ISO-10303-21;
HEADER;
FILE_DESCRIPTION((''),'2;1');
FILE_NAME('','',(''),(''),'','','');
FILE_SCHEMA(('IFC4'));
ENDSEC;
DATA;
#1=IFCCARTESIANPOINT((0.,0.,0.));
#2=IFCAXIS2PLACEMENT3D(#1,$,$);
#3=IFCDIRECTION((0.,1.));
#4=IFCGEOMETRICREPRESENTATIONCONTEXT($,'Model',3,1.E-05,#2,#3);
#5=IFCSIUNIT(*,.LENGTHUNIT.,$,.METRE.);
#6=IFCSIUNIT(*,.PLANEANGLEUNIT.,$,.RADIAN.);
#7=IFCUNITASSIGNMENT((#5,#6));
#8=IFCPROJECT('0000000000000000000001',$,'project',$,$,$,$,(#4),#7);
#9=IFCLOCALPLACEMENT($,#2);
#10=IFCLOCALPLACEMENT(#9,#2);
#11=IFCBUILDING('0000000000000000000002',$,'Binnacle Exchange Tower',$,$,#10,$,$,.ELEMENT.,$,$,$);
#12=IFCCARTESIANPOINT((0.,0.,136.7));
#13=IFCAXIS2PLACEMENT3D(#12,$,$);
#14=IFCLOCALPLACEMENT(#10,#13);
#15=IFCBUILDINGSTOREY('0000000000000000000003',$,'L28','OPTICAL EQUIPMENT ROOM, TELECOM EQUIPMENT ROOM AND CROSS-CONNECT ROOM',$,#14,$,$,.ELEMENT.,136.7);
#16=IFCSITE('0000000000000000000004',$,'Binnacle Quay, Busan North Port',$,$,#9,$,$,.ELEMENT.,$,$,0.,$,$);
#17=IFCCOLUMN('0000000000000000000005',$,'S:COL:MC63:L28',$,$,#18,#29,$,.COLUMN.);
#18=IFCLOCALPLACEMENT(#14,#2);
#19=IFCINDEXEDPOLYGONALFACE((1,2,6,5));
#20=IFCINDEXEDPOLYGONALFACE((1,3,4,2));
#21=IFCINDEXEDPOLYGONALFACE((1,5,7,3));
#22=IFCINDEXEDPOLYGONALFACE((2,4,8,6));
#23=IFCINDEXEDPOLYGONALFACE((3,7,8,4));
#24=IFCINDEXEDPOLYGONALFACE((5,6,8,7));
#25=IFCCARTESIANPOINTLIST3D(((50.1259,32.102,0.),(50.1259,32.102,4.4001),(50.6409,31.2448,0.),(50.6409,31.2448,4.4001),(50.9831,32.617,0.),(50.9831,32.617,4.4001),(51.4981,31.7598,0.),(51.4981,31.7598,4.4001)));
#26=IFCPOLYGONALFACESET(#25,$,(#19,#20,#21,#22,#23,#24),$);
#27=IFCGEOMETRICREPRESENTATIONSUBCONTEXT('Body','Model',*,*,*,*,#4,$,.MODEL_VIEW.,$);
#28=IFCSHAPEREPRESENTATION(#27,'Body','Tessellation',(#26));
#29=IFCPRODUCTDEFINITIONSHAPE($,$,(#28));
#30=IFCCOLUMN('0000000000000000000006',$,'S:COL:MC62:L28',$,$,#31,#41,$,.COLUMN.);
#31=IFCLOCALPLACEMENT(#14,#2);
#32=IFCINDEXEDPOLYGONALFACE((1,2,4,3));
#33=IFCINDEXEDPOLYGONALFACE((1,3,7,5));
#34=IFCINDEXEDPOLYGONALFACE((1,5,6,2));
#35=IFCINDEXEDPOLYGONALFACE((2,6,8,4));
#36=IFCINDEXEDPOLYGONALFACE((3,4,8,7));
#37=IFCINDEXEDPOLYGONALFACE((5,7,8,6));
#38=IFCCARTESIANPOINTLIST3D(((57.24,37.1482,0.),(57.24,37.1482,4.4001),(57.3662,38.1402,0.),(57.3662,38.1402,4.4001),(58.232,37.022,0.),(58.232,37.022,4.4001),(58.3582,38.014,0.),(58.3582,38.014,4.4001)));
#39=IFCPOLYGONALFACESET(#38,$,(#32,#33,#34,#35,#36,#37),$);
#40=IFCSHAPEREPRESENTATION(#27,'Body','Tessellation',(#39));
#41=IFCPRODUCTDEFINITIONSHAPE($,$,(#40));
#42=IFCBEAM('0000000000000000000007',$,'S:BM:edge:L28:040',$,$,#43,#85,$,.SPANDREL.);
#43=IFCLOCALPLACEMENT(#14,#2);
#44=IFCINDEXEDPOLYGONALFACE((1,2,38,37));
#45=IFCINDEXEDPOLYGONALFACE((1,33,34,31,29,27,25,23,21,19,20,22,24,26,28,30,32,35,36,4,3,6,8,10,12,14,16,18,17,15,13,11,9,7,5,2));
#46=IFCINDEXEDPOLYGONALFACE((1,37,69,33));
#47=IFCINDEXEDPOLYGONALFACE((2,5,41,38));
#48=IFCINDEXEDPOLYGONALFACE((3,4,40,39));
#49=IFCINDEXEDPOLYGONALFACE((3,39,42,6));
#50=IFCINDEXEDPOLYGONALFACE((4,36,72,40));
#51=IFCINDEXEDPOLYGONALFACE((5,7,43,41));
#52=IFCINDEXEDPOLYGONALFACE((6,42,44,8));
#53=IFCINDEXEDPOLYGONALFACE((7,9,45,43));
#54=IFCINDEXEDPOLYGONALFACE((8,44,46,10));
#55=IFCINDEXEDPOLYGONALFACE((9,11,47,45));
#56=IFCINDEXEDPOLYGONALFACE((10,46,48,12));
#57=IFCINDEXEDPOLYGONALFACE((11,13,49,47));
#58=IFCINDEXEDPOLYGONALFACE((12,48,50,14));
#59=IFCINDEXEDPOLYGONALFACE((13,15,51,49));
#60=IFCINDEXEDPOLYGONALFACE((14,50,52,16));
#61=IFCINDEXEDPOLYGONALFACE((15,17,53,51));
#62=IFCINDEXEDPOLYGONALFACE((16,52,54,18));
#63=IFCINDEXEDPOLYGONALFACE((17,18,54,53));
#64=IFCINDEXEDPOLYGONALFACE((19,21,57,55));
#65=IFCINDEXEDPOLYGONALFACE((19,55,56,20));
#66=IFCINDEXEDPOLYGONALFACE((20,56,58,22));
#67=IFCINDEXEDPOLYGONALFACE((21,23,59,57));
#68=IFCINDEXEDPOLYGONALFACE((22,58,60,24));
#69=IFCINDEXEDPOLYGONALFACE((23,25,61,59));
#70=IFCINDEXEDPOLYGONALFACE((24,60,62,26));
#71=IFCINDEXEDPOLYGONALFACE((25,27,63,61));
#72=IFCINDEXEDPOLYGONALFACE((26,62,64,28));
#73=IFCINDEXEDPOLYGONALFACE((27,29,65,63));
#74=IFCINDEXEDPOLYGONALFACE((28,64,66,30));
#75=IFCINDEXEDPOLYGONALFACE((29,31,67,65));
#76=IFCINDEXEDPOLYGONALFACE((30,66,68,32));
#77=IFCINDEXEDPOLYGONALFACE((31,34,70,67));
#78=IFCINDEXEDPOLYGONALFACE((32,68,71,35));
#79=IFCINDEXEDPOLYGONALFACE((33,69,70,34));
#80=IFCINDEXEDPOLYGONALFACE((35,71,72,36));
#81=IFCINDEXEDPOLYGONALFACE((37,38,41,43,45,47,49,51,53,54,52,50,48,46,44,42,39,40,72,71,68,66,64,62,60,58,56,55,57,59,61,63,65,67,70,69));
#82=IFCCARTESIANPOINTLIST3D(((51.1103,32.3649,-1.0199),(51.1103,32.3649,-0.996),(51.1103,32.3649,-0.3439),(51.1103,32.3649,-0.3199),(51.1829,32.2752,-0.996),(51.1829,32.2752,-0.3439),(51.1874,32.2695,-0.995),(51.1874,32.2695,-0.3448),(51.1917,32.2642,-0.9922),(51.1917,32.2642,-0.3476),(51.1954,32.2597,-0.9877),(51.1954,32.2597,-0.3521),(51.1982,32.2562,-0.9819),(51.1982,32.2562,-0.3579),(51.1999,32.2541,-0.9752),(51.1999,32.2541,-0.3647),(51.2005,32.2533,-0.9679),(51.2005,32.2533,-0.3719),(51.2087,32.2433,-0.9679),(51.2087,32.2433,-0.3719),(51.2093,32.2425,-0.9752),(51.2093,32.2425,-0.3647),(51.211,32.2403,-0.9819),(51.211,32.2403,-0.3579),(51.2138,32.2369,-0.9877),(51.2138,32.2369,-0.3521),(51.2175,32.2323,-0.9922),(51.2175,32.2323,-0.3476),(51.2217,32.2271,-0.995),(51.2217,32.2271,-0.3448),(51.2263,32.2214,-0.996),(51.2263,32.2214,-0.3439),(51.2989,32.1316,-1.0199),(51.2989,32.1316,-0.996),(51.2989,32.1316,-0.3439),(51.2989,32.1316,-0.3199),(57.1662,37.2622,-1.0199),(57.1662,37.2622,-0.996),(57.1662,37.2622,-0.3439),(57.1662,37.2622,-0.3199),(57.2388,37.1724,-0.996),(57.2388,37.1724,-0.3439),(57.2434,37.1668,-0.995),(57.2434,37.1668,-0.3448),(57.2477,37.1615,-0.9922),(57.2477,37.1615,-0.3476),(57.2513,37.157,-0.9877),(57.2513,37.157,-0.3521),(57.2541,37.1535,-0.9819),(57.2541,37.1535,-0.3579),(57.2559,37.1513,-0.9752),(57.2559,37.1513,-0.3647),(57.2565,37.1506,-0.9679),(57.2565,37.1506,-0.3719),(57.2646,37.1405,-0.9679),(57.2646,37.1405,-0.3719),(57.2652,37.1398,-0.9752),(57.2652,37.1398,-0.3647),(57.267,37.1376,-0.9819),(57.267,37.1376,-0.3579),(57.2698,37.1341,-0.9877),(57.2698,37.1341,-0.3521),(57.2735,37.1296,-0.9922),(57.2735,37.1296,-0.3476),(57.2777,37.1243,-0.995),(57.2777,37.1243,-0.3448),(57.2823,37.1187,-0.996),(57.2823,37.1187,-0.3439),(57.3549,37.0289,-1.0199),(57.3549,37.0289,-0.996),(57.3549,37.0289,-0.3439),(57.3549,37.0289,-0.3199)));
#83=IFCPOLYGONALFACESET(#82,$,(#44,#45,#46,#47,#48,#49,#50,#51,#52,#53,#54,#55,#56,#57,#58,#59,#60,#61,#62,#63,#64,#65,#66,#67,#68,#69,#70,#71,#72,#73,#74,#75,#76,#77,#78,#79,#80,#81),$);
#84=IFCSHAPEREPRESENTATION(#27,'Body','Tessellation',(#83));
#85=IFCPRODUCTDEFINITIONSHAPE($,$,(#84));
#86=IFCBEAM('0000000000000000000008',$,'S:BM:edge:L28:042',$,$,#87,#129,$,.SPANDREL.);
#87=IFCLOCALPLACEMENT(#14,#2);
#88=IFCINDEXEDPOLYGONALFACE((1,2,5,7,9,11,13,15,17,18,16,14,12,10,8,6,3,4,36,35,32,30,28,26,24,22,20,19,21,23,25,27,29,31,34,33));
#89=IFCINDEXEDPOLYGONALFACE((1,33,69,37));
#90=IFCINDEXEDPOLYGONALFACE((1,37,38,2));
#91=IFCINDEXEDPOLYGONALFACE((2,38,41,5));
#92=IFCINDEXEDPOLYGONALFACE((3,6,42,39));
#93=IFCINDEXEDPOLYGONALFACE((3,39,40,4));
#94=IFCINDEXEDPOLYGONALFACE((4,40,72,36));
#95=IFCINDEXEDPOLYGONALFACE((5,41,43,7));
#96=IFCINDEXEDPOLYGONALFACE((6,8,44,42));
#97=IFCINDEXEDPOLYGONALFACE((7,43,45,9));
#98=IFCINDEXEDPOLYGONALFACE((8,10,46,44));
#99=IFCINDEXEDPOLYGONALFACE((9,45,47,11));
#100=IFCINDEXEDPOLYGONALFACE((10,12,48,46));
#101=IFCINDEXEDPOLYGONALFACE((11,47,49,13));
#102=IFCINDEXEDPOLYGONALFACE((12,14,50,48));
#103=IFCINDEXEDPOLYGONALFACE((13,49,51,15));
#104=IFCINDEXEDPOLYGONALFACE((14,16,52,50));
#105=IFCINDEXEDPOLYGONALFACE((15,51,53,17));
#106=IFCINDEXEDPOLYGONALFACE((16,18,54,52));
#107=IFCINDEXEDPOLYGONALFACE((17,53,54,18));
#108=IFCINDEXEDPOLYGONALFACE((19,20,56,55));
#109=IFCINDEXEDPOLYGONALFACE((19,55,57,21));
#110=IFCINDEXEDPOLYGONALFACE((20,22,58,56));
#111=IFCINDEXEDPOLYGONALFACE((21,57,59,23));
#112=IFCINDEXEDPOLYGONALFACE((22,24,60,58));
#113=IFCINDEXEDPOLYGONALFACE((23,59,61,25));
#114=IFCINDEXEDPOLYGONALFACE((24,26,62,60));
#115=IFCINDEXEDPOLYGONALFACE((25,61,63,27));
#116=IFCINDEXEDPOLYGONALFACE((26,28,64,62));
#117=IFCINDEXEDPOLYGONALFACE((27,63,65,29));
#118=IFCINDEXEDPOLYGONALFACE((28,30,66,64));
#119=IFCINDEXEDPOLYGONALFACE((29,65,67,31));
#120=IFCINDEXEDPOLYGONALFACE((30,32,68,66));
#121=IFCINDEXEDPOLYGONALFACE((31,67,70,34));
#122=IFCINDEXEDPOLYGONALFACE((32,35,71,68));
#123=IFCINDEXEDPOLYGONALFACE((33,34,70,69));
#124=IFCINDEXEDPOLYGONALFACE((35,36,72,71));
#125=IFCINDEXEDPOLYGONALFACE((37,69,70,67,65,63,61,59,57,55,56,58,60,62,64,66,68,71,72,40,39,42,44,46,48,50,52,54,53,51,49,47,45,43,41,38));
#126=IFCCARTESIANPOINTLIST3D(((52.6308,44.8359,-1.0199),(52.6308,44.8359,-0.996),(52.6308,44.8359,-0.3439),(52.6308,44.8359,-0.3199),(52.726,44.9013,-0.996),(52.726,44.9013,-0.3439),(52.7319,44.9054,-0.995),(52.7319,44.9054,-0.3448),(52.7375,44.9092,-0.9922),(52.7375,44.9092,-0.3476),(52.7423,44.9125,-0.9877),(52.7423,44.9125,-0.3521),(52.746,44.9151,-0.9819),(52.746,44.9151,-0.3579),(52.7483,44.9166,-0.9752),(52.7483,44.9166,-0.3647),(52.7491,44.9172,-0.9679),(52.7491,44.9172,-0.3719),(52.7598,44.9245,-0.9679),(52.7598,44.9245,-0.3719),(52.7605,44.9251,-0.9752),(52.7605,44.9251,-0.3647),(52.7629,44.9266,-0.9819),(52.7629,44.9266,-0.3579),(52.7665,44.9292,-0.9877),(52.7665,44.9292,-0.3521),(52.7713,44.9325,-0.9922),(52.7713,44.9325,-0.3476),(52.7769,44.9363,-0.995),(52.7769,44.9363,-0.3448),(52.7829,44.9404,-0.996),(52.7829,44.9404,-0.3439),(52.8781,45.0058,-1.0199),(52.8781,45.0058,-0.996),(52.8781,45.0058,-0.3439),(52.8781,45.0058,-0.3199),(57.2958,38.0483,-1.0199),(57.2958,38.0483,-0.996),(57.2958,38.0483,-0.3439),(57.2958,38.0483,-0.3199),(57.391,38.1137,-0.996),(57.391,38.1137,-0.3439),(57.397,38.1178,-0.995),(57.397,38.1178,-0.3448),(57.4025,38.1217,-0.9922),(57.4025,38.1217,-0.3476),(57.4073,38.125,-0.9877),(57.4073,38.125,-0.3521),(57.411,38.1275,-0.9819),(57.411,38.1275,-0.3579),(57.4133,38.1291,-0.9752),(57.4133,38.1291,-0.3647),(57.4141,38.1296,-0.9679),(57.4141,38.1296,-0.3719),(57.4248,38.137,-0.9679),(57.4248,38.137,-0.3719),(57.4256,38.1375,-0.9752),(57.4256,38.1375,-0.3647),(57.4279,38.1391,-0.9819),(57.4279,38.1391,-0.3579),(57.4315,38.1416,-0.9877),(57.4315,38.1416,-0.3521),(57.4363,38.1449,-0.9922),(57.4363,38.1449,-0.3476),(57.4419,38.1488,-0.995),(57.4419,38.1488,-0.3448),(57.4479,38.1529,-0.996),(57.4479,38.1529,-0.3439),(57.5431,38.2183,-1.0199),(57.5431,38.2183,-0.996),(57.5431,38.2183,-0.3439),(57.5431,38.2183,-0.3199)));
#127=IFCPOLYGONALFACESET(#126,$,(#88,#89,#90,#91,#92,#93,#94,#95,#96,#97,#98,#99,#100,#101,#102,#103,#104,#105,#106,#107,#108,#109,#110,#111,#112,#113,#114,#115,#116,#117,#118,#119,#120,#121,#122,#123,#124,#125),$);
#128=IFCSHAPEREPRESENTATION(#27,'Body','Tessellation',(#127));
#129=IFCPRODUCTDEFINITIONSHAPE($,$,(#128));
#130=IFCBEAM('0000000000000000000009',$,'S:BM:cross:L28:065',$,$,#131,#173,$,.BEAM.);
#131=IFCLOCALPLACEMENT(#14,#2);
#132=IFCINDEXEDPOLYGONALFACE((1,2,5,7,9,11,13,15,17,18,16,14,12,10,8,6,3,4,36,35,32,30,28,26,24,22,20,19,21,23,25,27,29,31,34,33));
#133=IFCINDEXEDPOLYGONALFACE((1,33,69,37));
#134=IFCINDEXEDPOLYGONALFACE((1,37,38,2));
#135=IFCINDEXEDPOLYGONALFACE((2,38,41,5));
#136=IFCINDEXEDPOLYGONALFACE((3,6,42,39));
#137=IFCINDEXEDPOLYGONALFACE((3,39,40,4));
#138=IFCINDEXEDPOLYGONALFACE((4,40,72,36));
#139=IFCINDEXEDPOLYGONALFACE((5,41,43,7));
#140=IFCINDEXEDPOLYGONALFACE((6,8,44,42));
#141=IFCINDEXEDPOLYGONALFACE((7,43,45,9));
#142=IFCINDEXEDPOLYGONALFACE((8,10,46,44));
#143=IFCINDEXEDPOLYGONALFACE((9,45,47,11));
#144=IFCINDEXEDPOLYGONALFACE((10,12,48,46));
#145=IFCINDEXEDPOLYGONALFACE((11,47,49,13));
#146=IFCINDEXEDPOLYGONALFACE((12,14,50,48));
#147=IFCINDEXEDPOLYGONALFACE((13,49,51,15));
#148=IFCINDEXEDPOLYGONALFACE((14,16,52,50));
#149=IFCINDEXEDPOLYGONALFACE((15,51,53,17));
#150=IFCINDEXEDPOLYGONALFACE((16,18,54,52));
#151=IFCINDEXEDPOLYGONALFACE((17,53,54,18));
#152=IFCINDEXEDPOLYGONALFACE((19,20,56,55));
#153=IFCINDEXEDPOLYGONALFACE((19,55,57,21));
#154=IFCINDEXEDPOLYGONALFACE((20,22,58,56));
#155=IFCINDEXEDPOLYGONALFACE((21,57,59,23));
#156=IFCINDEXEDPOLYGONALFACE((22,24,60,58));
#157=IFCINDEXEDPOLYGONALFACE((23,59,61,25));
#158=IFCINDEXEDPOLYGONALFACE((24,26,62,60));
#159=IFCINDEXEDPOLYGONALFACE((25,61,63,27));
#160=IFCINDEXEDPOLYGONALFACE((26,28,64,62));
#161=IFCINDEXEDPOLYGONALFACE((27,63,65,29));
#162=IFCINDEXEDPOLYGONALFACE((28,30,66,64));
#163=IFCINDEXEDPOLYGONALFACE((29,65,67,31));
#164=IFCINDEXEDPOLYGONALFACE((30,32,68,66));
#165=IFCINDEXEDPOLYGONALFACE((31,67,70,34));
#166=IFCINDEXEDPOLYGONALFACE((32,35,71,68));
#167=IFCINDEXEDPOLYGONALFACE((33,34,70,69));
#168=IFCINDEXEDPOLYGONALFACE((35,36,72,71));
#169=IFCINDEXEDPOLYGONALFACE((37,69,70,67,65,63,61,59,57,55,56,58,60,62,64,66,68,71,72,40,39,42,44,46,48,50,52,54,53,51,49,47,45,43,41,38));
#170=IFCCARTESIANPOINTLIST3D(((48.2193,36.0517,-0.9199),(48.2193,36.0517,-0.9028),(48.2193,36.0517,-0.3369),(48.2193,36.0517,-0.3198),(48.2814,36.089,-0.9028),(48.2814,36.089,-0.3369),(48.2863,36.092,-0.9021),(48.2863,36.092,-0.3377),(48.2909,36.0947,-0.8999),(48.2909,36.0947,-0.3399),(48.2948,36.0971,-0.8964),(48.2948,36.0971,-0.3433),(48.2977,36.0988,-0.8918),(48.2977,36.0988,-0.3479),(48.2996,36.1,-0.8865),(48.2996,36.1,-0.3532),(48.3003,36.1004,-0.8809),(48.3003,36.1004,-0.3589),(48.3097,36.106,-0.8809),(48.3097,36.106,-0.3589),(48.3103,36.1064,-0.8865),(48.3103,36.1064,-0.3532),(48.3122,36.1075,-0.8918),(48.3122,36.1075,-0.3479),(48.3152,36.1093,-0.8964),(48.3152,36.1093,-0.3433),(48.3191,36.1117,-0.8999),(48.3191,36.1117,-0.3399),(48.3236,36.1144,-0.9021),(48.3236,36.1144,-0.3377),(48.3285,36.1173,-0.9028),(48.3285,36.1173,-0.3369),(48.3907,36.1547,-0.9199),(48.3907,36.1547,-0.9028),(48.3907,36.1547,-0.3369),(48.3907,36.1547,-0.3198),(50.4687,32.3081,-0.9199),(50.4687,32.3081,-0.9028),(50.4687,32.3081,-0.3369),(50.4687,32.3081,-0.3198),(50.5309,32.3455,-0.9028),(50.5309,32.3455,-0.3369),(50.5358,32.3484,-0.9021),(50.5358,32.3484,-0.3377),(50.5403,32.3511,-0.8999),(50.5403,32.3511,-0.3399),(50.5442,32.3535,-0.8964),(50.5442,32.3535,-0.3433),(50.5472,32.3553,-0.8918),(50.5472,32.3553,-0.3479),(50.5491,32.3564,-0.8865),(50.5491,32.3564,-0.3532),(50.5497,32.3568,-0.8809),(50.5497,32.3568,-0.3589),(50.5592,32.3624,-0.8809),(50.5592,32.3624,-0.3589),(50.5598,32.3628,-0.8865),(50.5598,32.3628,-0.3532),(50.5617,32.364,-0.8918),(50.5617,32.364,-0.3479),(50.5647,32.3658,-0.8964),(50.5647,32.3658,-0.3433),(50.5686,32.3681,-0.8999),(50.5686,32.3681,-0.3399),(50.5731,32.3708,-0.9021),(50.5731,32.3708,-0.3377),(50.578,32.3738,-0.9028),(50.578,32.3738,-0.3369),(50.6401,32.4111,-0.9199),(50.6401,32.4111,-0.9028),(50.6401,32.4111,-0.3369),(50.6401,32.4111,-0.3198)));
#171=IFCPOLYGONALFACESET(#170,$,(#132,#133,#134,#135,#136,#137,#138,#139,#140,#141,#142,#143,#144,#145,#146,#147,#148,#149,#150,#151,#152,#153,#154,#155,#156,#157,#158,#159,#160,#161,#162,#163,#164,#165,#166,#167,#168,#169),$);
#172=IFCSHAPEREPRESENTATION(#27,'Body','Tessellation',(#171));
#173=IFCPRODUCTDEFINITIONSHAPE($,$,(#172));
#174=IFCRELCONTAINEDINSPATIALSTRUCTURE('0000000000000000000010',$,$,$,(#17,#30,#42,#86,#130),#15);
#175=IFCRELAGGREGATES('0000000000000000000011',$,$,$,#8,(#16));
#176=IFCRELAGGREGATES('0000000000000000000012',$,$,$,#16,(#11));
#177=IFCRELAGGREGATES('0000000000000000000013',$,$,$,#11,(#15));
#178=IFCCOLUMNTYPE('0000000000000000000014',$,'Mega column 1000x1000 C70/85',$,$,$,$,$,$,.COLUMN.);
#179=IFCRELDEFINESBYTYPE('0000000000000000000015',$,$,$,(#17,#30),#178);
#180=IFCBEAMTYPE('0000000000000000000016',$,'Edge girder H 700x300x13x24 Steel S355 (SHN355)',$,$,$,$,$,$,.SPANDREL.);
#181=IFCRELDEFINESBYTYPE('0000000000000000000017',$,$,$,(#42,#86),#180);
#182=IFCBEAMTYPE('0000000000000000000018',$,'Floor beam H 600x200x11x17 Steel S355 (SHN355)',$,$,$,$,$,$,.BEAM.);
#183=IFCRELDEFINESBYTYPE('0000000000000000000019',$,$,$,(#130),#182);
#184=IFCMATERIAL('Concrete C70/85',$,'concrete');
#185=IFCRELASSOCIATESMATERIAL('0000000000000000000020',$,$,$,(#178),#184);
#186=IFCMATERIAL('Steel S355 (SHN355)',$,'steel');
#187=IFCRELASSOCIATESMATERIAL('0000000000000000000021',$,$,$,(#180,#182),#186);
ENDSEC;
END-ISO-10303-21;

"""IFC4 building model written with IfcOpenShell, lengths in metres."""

from ifc_helpers import new_model, si_unit, direction, frame, origin, origin_2d, place, context, subcontext, project, spatial, rectangle, i_section, extrude, material, material_profile, profile_set, type_object, element, save


model = new_model("IFC4")

# Units and contexts
model_context = context("Model", 3, precision=1e-05, world=origin(), true_north=direction((0.0, 1.0)))
body_context = subcontext(model_context, "Body", "Model", "MODEL_VIEW")
ifc_project = project(units=[si_unit("LENGTHUNIT", "METRE"), si_unit("PLANEANGLEUNIT", "RADIAN")], contexts=[model_context])

# Site, building, storey
site_placement = place(None, origin())
site = spatial("IfcSite", under=ifc_project, at=site_placement, Name="Binnacle Quay, Busan North Port", CompositionType="ELEMENT", RefElevation=0.0)
building_placement = place(site_placement, origin())
building = spatial("IfcBuilding", under=site, at=building_placement, Name="Binnacle Exchange Tower", CompositionType="ELEMENT")
storey_placement = place(building_placement, frame((0.0, 0.0, 136.7)))
storey = spatial("IfcBuildingStorey", under=building, at=storey_placement, Name="L28", Description="OPTICAL EQUIPMENT ROOM, TELECOM EQUIPMENT ROOM AND CROSS-CONNECT ROOM", CompositionType="ELEMENT", Elevation=136.7)

# Columns
ifc_material_1 = material(Name="Concrete C70/85", Category="concrete")
ifc_material_profile_1 = material_profile(ifc_material_1, rectangle(XDim=1.0, YDim=1.0, at=origin_2d()), Name="Mega column 1000x1000 C70/85")
ifc_profile_set_1 = profile_set([ifc_material_profile_1], Name="Concrete C70/85")
column_type = type_object("IfcColumnType", Name="Mega column 1000x1000 C70/85", PredefinedType="COLUMN", material=ifc_profile_set_1)
for number, where, z_axis, x_axis, name in (
    (1, (50.812, 31.9309, 0.0), (0.0, 0.0, 1.0), (0.857167, 0.515038, 0.0), "S:COL:MC63:L28"),
    (2, (57.7991, 37.5811, 0.0), (0.0, 0.0, 1.0), (0.126199, 0.992005, 0.0), "S:COL:MC62:L28"),
):
    element("IfcColumn", number, at=place(storey_placement, frame(where, z_axis=z_axis, x_axis=x_axis)), inside=storey, type_object=column_type, Name=name, PredefinedType="COLUMN", context=body_context, shape_type="SweptSolid", body=[
        extrude(rectangle(XDim=1.0, YDim=1.0, at=origin_2d()), origin(), (0.0, 0.0, 1.0), 4.4001),
    ])

# Beams
ifc_material_2 = material(Name="Steel S355 (SHN355)", Category="steel")
ifc_material_profile_2 = material_profile(ifc_material_2, i_section(OverallWidth=0.3, OverallDepth=0.7, WebThickness=0.0129, FlangeThickness=0.0239, FilletRadius=0.0281, at=origin_2d()), Name="H 700x300x13x24")
ifc_profile_set_2 = profile_set([ifc_material_profile_2], Name="Steel S355 (SHN355)")
beam_type_1 = type_object("IfcBeamType", Name="Edge girder H 700x300x13x24 Steel S355 (SHN355)", PredefinedType="SPANDREL", material=ifc_profile_set_2)
beam_1_placement = place(storey_placement, frame((51.2046, 32.2483, -0.6699), z_axis=(0.77757, 0.628796, 0.0), x_axis=(-0.628796, 0.77757, 0.0)))
element("IfcBeam", 3, at=beam_1_placement, inside=storey, type_object=beam_type_1, Name="S:BM:edge:L28:040", PredefinedType="SPANDREL", context=body_context, shape_type="SweptSolid", body=[
    extrude(i_section(OverallWidth=0.3, OverallDepth=0.7, WebThickness=0.0129, FlangeThickness=0.0239, FilletRadius=0.0281, at=origin_2d()), origin(), (0.0, 0.0, 1.0), 7.7883),
])
beam_2_placement = place(storey_placement, frame((57.4194, 38.1333, -0.6699), z_axis=(-0.566411, 0.824123, 0.0), x_axis=(-0.824123, -0.566411, 0.0)))
element("IfcBeam", 4, at=beam_2_placement, inside=storey, type_object=beam_type_1, Name="S:BM:edge:L28:042", PredefinedType="SPANDREL", context=body_context, shape_type="SweptSolid", body=[
    extrude(i_section(OverallWidth=0.3, OverallDepth=0.7, WebThickness=0.0129, FlangeThickness=0.0239, FilletRadius=0.0281, at=origin_2d()), origin(), (0.0, 0.0, 1.0), 8.2361),
])
ifc_material_profile_3 = material_profile(ifc_material_2, i_section(OverallWidth=0.2, OverallDepth=0.6001, WebThickness=0.011, FlangeThickness=0.0171, FilletRadius=0.022, at=origin_2d()), Name="H 600x200x11x17")
ifc_profile_set_3 = profile_set([ifc_material_profile_3], Name="Steel S355 (SHN355)")
beam_type_2 = type_object("IfcBeamType", Name="Floor beam H 600x200x11x17 Steel S355 (SHN355)", PredefinedType="BEAM", material=ifc_profile_set_3)
beam_3_placement = place(storey_placement, frame((50.5544, 32.3596, -0.6199), z_axis=(-0.515055, 0.857157, 0.0), x_axis=(-0.857157, -0.515055, 0.0)))
element("IfcBeam", 5, at=beam_3_placement, inside=storey, type_object=beam_type_2, Name="S:BM:cross:L28:065", PredefinedType="BEAM", context=body_context, shape_type="SweptSolid", body=[
    extrude(i_section(OverallWidth=0.2, OverallDepth=0.6001, WebThickness=0.011, FlangeThickness=0.0171, FilletRadius=0.022, at=origin_2d()), origin(), (0.0, 0.0, 1.0), 4.3674),
])

save(model, "model.ifc")
